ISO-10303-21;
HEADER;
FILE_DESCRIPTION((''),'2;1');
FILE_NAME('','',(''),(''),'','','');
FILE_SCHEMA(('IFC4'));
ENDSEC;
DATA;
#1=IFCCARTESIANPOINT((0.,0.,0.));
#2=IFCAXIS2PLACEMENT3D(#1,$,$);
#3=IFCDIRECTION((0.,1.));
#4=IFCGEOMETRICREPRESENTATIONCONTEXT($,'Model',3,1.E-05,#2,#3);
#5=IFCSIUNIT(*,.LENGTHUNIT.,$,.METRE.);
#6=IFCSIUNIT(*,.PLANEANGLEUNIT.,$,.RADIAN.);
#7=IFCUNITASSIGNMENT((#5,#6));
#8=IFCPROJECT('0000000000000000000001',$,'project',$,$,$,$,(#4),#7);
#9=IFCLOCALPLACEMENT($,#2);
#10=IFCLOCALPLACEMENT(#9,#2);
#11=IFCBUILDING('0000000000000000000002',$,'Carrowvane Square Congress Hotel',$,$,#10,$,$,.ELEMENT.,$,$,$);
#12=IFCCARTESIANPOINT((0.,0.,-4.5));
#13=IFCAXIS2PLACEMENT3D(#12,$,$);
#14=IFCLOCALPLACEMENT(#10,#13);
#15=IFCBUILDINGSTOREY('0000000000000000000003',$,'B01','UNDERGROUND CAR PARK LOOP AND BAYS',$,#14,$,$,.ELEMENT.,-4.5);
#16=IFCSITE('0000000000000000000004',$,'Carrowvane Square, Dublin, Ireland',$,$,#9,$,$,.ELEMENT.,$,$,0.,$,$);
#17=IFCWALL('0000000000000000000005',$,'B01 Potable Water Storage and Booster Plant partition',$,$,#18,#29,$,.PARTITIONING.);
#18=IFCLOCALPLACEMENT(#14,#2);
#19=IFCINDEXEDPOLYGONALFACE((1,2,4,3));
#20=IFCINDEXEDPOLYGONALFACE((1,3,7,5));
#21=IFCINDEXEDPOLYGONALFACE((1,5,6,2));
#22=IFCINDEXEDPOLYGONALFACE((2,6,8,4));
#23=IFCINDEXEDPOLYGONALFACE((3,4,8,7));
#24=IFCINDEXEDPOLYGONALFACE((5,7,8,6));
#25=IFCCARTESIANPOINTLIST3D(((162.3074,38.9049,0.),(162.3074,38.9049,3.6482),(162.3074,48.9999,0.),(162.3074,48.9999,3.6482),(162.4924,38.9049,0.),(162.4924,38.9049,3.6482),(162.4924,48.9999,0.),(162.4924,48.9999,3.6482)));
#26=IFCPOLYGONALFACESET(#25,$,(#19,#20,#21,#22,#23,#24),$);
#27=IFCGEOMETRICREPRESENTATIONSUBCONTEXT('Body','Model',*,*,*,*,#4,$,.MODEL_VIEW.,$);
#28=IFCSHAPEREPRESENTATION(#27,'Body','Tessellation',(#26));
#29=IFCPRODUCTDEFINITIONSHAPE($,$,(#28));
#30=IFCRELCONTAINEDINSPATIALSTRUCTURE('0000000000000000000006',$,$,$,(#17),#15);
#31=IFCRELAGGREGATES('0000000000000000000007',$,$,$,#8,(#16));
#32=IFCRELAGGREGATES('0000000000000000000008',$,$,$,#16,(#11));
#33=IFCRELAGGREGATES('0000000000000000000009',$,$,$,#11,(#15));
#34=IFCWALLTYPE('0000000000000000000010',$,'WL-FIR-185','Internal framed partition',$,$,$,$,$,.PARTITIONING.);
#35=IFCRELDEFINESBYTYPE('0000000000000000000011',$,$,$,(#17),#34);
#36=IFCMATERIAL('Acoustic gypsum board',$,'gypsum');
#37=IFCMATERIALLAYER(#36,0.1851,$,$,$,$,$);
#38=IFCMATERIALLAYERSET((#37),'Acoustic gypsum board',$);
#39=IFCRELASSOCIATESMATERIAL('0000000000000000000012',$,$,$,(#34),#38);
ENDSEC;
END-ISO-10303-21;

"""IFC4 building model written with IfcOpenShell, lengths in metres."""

from ifc_helpers import new_model, si_unit, direction, frame, frame_2d, origin, place, context, subcontext, project, spatial, rectangle, extrude, material, layer, layer_set, type_object, element, save


model = new_model("IFC4")

# Units and contexts
model_context = context("Model", 3, precision=1e-05, world=origin(), true_north=direction((0.0, 1.0)))
body_context = subcontext(model_context, "Body", "Model", "MODEL_VIEW")
ifc_project = project(units=[si_unit("LENGTHUNIT", "METRE"), si_unit("PLANEANGLEUNIT", "RADIAN")], contexts=[model_context])

# Site, building, storey
site_placement = place(None, origin())
site = spatial("IfcSite", under=ifc_project, at=site_placement, Name="Carrowvane Square, Dublin, Ireland", CompositionType="ELEMENT", RefElevation=0.0)
building_placement = place(site_placement, origin())
building = spatial("IfcBuilding", under=site, at=building_placement, Name="Carrowvane Square Congress Hotel", CompositionType="ELEMENT")
storey_placement = place(building_placement, frame((0.0, 0.0, -4.5)))
storey = spatial("IfcBuildingStorey", under=building, at=storey_placement, Name="B01", Description="UNDERGROUND CAR PARK LOOP AND BAYS", CompositionType="ELEMENT", Elevation=-4.5)

# Wall
ifc_material_1 = material(Name="Acoustic gypsum board", Category="gypsum")
ifc_layer = layer(ifc_material_1, 0.1851)
ifc_layer_set = layer_set([ifc_layer], Name="Acoustic gypsum board")
wall_type = type_object("IfcWallType", Name="WL-FIR-185", Description="Internal framed partition", PredefinedType="PARTITIONING", material=ifc_layer_set)
wall_placement = place(storey_placement, frame((162.3999, 38.905, 0.0), z_axis=(0.0, 0.0, 1.0), x_axis=(0.0, 1.0, 0.0)))
element("IfcWall", 1, at=wall_placement, inside=storey, type_object=wall_type, Name="B01 Potable Water Storage and Booster Plant partition", PredefinedType="PARTITIONING", context=body_context, shape_type="SweptSolid", body=[
    extrude(rectangle(XDim=10.095, YDim=0.1851, at=frame_2d((5.0474, 0.0))), origin(), (0.0, 0.0, 1.0), 3.6482),
])

save(model, "model.ifc")
